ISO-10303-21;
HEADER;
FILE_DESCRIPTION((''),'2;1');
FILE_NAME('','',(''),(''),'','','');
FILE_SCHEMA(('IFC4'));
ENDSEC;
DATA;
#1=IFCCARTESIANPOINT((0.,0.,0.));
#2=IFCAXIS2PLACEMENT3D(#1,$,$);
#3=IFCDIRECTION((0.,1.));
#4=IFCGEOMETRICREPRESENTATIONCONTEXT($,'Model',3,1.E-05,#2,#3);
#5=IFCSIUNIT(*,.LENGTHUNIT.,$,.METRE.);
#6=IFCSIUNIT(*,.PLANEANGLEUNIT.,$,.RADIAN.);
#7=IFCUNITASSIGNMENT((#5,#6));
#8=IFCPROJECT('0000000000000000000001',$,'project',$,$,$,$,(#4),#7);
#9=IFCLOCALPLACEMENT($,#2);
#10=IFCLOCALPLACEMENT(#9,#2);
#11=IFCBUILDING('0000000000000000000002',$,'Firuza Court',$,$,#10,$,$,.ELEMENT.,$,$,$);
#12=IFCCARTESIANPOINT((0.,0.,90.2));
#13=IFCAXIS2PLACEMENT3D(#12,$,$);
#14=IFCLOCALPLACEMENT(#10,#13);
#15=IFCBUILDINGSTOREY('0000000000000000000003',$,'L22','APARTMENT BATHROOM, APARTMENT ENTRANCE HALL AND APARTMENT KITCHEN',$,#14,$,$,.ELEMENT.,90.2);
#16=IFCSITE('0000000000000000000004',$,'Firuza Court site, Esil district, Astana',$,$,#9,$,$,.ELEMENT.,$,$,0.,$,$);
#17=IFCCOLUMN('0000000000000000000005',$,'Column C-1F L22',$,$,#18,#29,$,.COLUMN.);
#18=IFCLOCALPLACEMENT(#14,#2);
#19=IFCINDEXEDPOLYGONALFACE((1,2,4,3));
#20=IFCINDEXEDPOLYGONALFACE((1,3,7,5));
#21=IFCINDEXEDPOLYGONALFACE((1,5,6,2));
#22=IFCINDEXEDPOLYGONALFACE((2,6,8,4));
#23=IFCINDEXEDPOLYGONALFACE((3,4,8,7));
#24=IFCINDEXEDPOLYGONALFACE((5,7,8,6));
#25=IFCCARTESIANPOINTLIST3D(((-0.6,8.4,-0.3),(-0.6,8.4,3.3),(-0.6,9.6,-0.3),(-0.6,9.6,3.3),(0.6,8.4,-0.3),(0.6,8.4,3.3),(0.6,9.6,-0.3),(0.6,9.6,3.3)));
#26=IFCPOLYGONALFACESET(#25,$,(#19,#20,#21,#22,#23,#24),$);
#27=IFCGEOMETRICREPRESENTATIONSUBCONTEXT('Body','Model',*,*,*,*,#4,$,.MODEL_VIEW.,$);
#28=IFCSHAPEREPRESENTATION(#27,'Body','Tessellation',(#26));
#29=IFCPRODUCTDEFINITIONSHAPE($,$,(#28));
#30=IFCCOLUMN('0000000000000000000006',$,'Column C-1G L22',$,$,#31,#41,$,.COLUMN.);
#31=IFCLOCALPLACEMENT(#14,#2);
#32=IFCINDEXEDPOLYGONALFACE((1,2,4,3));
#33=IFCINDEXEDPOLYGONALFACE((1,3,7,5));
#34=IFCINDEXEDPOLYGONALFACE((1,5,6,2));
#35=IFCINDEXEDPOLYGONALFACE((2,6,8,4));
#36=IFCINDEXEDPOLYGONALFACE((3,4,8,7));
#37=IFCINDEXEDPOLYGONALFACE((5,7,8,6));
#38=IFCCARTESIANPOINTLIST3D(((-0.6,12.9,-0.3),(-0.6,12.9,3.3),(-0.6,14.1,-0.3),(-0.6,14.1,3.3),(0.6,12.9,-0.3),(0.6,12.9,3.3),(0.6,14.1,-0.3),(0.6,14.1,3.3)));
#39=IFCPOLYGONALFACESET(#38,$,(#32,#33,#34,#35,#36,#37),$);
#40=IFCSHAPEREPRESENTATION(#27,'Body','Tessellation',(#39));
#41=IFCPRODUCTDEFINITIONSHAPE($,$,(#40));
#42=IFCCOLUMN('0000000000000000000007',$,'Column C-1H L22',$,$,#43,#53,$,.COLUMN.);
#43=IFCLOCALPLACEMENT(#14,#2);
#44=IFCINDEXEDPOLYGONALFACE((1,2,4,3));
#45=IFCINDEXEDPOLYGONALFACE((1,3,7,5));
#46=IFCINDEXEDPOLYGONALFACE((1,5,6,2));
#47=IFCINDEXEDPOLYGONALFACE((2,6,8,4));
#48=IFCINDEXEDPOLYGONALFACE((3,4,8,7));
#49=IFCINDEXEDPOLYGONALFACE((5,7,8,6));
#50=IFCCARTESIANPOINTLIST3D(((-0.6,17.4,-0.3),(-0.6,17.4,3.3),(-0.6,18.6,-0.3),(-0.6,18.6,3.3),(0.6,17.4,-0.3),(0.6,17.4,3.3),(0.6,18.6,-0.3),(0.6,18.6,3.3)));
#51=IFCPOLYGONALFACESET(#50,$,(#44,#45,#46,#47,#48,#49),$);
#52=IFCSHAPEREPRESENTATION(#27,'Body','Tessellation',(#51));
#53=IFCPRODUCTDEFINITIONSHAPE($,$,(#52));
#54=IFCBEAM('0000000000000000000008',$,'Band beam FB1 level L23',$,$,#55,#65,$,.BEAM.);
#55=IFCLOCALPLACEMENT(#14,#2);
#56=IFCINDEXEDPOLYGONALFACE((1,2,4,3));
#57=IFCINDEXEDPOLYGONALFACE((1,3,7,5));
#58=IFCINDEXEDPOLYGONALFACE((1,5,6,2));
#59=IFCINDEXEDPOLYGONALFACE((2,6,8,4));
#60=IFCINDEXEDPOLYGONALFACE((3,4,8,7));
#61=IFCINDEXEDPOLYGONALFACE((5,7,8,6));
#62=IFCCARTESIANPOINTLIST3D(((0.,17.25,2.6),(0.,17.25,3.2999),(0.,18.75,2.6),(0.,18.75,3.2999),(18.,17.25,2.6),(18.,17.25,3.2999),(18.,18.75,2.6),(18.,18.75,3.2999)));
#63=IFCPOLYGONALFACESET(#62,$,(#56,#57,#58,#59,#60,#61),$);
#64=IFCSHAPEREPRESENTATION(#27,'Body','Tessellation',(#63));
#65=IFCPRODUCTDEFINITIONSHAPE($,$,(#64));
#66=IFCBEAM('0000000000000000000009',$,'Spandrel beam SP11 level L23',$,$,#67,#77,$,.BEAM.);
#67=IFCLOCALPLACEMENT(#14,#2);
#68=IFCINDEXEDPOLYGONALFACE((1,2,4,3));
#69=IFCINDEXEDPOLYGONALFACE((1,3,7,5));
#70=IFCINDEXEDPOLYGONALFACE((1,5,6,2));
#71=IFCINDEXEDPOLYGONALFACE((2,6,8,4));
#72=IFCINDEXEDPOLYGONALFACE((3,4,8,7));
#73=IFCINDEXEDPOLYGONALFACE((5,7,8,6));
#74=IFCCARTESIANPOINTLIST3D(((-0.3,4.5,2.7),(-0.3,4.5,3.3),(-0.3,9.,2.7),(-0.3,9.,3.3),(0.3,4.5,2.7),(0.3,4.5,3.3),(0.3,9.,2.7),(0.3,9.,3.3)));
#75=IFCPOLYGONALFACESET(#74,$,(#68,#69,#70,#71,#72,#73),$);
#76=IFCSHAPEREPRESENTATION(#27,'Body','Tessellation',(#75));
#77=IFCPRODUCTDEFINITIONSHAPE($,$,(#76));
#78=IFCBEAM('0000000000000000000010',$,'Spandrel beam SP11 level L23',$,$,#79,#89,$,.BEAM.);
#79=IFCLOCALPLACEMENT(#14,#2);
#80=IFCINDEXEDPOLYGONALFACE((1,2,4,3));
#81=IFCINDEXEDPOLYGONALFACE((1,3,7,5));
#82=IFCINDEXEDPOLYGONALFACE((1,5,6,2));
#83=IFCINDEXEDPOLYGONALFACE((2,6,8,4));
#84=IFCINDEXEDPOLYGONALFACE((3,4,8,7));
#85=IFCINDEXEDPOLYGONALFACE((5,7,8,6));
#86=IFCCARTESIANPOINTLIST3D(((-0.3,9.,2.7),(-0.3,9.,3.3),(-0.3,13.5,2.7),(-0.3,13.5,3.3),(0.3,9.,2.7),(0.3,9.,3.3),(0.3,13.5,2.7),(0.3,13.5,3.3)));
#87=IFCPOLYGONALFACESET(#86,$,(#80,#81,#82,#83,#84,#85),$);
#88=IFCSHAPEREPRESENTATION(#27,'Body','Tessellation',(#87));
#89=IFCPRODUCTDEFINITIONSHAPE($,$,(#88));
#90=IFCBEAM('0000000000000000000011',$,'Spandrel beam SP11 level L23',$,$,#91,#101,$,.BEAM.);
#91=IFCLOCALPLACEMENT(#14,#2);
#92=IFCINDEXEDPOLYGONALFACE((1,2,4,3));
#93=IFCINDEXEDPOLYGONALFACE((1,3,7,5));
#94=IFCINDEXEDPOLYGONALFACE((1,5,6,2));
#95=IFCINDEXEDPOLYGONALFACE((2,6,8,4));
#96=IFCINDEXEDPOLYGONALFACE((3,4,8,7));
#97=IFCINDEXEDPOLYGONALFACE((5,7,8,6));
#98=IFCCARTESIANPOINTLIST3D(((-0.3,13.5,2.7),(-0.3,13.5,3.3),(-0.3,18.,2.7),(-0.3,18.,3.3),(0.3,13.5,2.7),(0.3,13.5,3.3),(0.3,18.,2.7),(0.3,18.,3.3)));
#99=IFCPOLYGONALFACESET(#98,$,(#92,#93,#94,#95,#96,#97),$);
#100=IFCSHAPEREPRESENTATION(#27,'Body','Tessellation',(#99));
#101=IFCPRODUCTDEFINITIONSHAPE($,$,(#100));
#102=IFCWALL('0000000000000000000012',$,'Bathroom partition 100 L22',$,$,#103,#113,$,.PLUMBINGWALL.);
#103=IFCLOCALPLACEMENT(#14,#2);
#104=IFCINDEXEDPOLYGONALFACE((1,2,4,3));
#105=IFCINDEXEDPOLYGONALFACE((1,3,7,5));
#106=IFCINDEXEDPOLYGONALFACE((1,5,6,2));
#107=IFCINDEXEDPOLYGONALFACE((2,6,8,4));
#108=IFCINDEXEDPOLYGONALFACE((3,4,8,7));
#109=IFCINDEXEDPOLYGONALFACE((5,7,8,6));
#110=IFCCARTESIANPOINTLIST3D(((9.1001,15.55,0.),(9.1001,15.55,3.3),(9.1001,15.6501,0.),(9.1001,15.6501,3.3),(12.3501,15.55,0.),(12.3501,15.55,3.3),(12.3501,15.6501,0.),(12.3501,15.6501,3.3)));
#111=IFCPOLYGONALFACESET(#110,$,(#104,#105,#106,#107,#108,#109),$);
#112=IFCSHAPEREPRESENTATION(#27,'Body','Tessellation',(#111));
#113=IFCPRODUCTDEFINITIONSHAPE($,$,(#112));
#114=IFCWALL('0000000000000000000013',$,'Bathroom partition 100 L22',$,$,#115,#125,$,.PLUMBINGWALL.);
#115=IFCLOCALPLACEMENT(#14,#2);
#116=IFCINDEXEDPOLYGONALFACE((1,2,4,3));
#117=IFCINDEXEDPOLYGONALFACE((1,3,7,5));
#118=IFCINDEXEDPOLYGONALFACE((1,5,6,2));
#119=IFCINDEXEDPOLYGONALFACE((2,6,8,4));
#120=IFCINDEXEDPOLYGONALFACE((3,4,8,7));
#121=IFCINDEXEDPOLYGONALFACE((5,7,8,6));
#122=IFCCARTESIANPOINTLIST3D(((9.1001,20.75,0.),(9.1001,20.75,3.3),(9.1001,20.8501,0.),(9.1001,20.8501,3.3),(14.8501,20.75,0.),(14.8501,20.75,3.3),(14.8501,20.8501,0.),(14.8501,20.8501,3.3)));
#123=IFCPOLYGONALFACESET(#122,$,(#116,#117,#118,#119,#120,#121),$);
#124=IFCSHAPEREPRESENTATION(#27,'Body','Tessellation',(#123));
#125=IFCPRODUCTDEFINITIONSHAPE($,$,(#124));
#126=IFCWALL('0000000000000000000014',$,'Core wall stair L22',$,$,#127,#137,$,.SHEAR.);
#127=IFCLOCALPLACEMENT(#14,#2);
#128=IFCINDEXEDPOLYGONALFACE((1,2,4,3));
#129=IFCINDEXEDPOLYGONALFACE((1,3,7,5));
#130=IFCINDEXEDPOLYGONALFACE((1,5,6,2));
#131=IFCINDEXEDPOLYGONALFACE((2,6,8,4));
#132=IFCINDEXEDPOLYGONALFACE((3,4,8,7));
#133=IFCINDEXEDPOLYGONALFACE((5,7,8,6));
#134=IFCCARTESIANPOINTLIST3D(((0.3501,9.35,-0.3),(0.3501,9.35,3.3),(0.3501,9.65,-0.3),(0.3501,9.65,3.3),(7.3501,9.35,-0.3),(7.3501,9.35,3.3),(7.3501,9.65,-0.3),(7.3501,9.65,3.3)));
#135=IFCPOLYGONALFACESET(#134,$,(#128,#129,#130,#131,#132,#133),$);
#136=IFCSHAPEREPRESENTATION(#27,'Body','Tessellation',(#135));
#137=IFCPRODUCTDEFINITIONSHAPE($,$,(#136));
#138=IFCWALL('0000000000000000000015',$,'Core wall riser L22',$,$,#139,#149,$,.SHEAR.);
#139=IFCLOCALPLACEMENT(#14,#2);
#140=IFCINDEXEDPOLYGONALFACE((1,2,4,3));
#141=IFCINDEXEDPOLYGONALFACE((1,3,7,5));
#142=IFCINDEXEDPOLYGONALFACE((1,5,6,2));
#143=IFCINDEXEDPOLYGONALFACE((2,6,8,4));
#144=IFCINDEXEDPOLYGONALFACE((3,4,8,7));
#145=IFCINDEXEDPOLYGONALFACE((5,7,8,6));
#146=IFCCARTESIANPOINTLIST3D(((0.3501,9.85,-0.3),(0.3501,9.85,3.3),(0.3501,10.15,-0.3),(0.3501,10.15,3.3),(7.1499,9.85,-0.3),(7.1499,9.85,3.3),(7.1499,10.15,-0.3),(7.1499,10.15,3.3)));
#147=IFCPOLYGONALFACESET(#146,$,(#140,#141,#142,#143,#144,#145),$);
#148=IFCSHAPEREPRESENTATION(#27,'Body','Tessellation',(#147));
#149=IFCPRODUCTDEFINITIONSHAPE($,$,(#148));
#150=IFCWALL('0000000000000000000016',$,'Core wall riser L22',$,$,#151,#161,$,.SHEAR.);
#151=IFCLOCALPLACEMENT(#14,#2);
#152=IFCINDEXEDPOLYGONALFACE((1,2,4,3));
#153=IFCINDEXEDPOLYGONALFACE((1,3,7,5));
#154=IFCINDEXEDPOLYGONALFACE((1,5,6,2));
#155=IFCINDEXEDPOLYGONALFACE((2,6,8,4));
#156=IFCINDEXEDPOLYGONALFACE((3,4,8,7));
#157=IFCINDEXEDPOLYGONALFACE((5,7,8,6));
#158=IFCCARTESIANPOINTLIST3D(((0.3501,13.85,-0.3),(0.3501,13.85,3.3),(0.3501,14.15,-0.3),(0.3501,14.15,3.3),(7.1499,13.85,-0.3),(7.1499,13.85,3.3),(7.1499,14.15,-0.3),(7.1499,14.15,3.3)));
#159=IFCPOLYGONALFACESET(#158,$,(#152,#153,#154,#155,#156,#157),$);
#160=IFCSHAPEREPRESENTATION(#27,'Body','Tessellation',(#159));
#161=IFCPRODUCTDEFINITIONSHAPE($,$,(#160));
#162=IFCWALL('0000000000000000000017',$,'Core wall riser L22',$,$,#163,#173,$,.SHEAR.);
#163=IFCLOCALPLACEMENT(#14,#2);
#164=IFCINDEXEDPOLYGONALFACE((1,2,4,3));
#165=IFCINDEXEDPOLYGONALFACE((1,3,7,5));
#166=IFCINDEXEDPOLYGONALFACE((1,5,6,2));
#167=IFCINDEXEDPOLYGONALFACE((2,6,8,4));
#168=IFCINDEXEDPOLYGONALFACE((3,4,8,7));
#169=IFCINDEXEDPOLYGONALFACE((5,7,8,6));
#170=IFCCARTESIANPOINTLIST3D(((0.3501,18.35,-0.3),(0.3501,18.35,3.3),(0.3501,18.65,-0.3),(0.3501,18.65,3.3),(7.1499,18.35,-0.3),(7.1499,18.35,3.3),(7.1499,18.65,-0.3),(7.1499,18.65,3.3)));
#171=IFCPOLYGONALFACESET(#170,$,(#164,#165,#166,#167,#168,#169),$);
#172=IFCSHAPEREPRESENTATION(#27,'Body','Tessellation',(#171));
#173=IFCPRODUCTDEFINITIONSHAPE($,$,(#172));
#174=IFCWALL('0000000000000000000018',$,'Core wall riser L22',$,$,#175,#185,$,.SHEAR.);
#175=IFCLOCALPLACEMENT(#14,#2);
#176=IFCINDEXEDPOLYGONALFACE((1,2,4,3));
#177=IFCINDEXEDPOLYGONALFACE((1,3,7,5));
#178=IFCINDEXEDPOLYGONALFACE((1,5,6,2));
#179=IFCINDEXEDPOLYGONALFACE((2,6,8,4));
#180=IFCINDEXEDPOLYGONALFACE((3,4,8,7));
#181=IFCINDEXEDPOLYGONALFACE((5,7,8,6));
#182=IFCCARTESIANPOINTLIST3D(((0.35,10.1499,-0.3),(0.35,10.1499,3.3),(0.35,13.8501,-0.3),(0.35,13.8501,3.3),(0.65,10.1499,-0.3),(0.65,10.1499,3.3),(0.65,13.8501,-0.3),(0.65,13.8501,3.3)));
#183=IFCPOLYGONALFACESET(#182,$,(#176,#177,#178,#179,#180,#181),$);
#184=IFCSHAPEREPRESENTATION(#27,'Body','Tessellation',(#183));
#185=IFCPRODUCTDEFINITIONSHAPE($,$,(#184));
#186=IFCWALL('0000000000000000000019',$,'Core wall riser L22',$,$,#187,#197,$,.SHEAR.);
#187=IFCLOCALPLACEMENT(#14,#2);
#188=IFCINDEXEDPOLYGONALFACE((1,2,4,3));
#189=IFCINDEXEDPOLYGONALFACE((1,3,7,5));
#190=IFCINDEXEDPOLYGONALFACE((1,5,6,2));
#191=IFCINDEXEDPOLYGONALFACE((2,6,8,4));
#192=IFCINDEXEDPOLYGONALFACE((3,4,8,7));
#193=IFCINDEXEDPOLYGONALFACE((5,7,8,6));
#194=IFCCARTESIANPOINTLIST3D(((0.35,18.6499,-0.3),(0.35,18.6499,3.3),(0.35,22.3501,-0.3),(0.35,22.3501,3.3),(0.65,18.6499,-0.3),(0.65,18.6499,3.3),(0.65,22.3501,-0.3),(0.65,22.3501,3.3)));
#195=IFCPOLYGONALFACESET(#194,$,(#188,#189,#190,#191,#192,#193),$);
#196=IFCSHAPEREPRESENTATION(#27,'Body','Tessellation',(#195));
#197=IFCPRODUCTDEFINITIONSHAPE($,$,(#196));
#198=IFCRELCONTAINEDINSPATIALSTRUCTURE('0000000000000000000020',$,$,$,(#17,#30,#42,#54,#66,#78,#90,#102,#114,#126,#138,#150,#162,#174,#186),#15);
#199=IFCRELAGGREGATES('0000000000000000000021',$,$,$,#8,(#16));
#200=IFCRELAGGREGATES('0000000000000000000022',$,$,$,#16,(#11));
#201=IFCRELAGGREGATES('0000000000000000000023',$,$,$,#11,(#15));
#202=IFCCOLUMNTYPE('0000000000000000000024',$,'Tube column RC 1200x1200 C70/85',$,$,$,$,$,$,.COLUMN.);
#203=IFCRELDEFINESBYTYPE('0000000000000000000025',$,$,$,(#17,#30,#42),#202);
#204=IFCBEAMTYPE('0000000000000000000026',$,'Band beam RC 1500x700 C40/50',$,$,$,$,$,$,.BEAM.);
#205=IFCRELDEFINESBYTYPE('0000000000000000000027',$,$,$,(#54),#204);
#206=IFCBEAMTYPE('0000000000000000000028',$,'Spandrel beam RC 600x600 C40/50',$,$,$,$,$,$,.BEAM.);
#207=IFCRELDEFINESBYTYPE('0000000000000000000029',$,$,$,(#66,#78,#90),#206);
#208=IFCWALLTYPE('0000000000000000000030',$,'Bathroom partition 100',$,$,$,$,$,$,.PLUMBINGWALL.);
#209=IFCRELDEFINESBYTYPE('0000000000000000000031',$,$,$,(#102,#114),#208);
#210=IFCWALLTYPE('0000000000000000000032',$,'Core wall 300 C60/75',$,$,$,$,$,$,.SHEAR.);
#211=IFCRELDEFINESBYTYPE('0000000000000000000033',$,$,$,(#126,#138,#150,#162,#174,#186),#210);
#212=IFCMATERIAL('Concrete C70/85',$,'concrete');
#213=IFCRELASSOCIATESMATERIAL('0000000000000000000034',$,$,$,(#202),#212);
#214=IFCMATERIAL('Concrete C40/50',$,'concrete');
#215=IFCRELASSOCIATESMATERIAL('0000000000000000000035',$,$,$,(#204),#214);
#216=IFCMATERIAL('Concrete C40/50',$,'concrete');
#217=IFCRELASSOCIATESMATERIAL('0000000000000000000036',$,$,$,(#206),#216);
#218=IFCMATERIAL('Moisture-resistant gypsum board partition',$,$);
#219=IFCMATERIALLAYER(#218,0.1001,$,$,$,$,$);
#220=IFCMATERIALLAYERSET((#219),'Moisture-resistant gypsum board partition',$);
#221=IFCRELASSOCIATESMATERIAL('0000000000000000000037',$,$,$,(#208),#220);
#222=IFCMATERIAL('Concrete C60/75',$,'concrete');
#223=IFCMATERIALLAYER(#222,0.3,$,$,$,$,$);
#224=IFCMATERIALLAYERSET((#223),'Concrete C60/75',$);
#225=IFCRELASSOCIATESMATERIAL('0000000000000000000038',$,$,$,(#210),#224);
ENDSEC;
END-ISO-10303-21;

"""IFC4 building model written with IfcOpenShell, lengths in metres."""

from ifc_helpers import new_model, si_unit, direction, frame, frame_2d, origin, origin_2d, place, context, subcontext, project, spatial, rectangle, extrude, material, layer, layer_set, material_profile, profile_set, type_object, element, save


model = new_model("IFC4")

# Units and contexts
model_context = context("Model", 3, precision=1e-05, world=origin(), true_north=direction((0.0, 1.0)))
body_context = subcontext(model_context, "Body", "Model", "MODEL_VIEW")
ifc_project = project(units=[si_unit("LENGTHUNIT", "METRE"), si_unit("PLANEANGLEUNIT", "RADIAN")], contexts=[model_context])

# Site, building, storey
site_placement = place(None, origin())
site = spatial("IfcSite", under=ifc_project, at=site_placement, Name="Firuza Court site, Esil district, Astana", CompositionType="ELEMENT", RefElevation=0.0)
building_placement = place(site_placement, origin())
building = spatial("IfcBuilding", under=site, at=building_placement, Name="Firuza Court", CompositionType="ELEMENT")
storey_placement = place(building_placement, frame((0.0, 0.0, 90.2)))
storey = spatial("IfcBuildingStorey", under=building, at=storey_placement, Name="L22", Description="APARTMENT BATHROOM, APARTMENT ENTRANCE HALL AND APARTMENT KITCHEN", CompositionType="ELEMENT", Elevation=90.2)

# Columns
ifc_material_1 = material(Name="Concrete C70/85", Category="concrete")
ifc_material_profile_1 = material_profile(ifc_material_1, rectangle(XDim=1.2, YDim=1.2, at=origin_2d()), Name="RC 1200x1200")
ifc_profile_set_1 = profile_set([ifc_material_profile_1], Name="Concrete C70/85")
column_type = type_object("IfcColumnType", Name="Tube column RC 1200x1200 C70/85", PredefinedType="COLUMN", material=ifc_profile_set_1)
for number, where, z_axis, x_axis, name in (
    (1, (0.0, 9.0, -0.3), (0.0, 0.0, 1.0), (1.0, 0.0, 0.0), "Column C-1F L22"),
    (2, (0.0, 13.5, -0.3), (0.0, 0.0, 1.0), (1.0, 0.0, 0.0), "Column C-1G L22"),
    (3, (0.0, 18.0, -0.3), (0.0, 0.0, 1.0), (1.0, 0.0, 0.0), "Column C-1H L22"),
):
    element("IfcColumn", number, at=place(storey_placement, frame(where, z_axis=z_axis, x_axis=x_axis)), inside=storey, type_object=column_type, Name=name, PredefinedType="COLUMN", context=body_context, shape_type="SweptSolid", body=[
        extrude(rectangle(XDim=1.2, YDim=1.2, at=origin_2d()), origin(), (0.0, 0.0, 1.0), 3.6001),
    ])

# Beams
ifc_material_2 = material(Name="Concrete C40/50", Category="concrete")
ifc_material_profile_2 = material_profile(ifc_material_2, rectangle(XDim=1.5, YDim=0.7, at=origin_2d()), Name="RC 1500x700")
ifc_profile_set_2 = profile_set([ifc_material_profile_2], Name="Concrete C40/50")
beam_type_1 = type_object("IfcBeamType", Name="Band beam RC 1500x700 C40/50", PredefinedType="BEAM", material=ifc_profile_set_2)
beam_placement = place(storey_placement, frame((0.0, 18.0, 2.95), z_axis=(1.0, 0.0, 0.0), x_axis=(0.0, 1.0, 0.0)))
element("IfcBeam", 4, at=beam_placement, inside=storey, type_object=beam_type_1, Name="Band beam FB1 level L23", PredefinedType="BEAM", context=body_context, shape_type="SweptSolid", body=[
    extrude(rectangle(XDim=1.5, YDim=0.7, at=origin_2d()), origin(), (0.0, 0.0, 1.0), 18.0),
])
ifc_material_3 = material(Name="Concrete C40/50", Category="concrete")
ifc_material_profile_3 = material_profile(ifc_material_3, rectangle(XDim=0.6001, YDim=0.6001, at=origin_2d()), Name="RC 600x600")
ifc_profile_set_3 = profile_set([ifc_material_profile_3], Name="Concrete C40/50")
beam_type_2 = type_object("IfcBeamType", Name="Spandrel beam RC 600x600 C40/50", PredefinedType="BEAM", material=ifc_profile_set_3)
for number, where, z_axis, x_axis, name in (
    (5, (0.0, 9.0, 3.0), (0.0, -1.0, 0.0), (1.0, 0.0, 0.0), "Spandrel beam SP11 level L23"),
    (6, (0.0, 13.5, 3.0), (0.0, -1.0, 0.0), (1.0, 0.0, 0.0), "Spandrel beam SP11 level L23"),
    (7, (0.0, 18.0, 3.0), (0.0, -1.0, 0.0), (1.0, 0.0, 0.0), "Spandrel beam SP11 level L23"),
):
    element("IfcBeam", number, at=place(storey_placement, frame(where, z_axis=z_axis, x_axis=x_axis)), inside=storey, type_object=beam_type_2, Name=name, PredefinedType="BEAM", context=body_context, shape_type="SweptSolid", body=[
        extrude(rectangle(XDim=0.6001, YDim=0.6001, at=origin_2d()), origin(), (0.0, 0.0, 1.0), 4.5),
    ])

# Walls
ifc_material_4 = material(Name="Moisture-resistant gypsum board partition")
ifc_layer_1 = layer(ifc_material_4, 0.1001)
ifc_layer_set_1 = layer_set([ifc_layer_1], Name="Moisture-resistant gypsum board partition")
wall_type_1 = type_object("IfcWallType", Name="Bathroom partition 100", PredefinedType="PLUMBINGWALL", material=ifc_layer_set_1)
wall_1_placement = place(storey_placement, frame((9.1001, 15.6001, 0.0), z_axis=(0.0, 0.0, 1.0), x_axis=(1.0, 0.0, 0.0)))
element("IfcWall", 8, at=wall_1_placement, inside=storey, type_object=wall_type_1, Name="Bathroom partition 100 L22", PredefinedType="PLUMBINGWALL", context=body_context, shape_type="SweptSolid", body=[
    extrude(rectangle(XDim=3.25, YDim=0.1001, at=frame_2d((1.625, 0.0))), origin(), (0.0, 0.0, 1.0), 3.3),
])
wall_2_placement = place(storey_placement, frame((9.1001, 20.8, 0.0), z_axis=(0.0, 0.0, 1.0), x_axis=(1.0, 0.0, 0.0)))
element("IfcWall", 9, at=wall_2_placement, inside=storey, type_object=wall_type_1, Name="Bathroom partition 100 L22", PredefinedType="PLUMBINGWALL", context=body_context, shape_type="SweptSolid", body=[
    extrude(rectangle(XDim=5.75, YDim=0.1001, at=frame_2d((2.875, 0.0))), origin(), (0.0, 0.0, 1.0), 3.3),
])
ifc_material_5 = material(Name="Concrete C60/75", Category="concrete")
ifc_layer_2 = layer(ifc_material_5, 0.3)
ifc_layer_set_2 = layer_set([ifc_layer_2], Name="Concrete C60/75")
wall_type_2 = type_object("IfcWallType", Name="Core wall 300 C60/75", PredefinedType="SHEAR", material=ifc_layer_set_2)
wall_3_placement = place(storey_placement, frame((0.3501, 9.5, -0.3), z_axis=(0.0, 0.0, 1.0), x_axis=(1.0, 0.0, 0.0)))
element("IfcWall", 10, at=wall_3_placement, inside=storey, type_object=wall_type_2, Name="Core wall stair L22", PredefinedType="SHEAR", context=body_context, shape_type="SweptSolid", body=[
    extrude(rectangle(XDim=7.0, YDim=0.3, at=frame_2d((3.5, 0.0))), origin(), (0.0, 0.0, 1.0), 3.6001),
])
for number, where, z_axis, x_axis, name in (
    (11, (0.3501, 10.0, -0.3), (0.0, 0.0, 1.0), (1.0, 0.0, 0.0), "Core wall riser L22"),
    (12, (0.3501, 14.0, -0.3), (0.0, 0.0, 1.0), (1.0, 0.0, 0.0), "Core wall riser L22"),
    (13, (0.3501, 18.5, -0.3), (0.0, 0.0, 1.0), (1.0, 0.0, 0.0), "Core wall riser L22"),
):
    element("IfcWall", number, at=place(storey_placement, frame(where, z_axis=z_axis, x_axis=x_axis)), inside=storey, type_object=wall_type_2, Name=name, PredefinedType="SHEAR", context=body_context, shape_type="SweptSolid", body=[
        extrude(rectangle(XDim=6.7998, YDim=0.3, at=frame_2d((3.3999, 0.0))), origin(), (0.0, 0.0, 1.0), 3.6001),
    ])
for number, where, z_axis, x_axis, name in (
    (14, (0.5, 10.1499, -0.3), (0.0, 0.0, 1.0), (0.0, 1.0, 0.0), "Core wall riser L22"),
    (15, (0.5, 18.6499, -0.3), (0.0, 0.0, 1.0), (0.0, 1.0, 0.0), "Core wall riser L22"),
):
    element("IfcWall", number, at=place(storey_placement, frame(where, z_axis=z_axis, x_axis=x_axis)), inside=storey, type_object=wall_type_2, Name=name, PredefinedType="SHEAR", context=body_context, shape_type="SweptSolid", body=[
        extrude(rectangle(XDim=3.7002, YDim=0.3, at=frame_2d((1.8501, 0.0))), origin(), (0.0, 0.0, 1.0), 3.6001),
    ])

save(model, "model.ifc")
